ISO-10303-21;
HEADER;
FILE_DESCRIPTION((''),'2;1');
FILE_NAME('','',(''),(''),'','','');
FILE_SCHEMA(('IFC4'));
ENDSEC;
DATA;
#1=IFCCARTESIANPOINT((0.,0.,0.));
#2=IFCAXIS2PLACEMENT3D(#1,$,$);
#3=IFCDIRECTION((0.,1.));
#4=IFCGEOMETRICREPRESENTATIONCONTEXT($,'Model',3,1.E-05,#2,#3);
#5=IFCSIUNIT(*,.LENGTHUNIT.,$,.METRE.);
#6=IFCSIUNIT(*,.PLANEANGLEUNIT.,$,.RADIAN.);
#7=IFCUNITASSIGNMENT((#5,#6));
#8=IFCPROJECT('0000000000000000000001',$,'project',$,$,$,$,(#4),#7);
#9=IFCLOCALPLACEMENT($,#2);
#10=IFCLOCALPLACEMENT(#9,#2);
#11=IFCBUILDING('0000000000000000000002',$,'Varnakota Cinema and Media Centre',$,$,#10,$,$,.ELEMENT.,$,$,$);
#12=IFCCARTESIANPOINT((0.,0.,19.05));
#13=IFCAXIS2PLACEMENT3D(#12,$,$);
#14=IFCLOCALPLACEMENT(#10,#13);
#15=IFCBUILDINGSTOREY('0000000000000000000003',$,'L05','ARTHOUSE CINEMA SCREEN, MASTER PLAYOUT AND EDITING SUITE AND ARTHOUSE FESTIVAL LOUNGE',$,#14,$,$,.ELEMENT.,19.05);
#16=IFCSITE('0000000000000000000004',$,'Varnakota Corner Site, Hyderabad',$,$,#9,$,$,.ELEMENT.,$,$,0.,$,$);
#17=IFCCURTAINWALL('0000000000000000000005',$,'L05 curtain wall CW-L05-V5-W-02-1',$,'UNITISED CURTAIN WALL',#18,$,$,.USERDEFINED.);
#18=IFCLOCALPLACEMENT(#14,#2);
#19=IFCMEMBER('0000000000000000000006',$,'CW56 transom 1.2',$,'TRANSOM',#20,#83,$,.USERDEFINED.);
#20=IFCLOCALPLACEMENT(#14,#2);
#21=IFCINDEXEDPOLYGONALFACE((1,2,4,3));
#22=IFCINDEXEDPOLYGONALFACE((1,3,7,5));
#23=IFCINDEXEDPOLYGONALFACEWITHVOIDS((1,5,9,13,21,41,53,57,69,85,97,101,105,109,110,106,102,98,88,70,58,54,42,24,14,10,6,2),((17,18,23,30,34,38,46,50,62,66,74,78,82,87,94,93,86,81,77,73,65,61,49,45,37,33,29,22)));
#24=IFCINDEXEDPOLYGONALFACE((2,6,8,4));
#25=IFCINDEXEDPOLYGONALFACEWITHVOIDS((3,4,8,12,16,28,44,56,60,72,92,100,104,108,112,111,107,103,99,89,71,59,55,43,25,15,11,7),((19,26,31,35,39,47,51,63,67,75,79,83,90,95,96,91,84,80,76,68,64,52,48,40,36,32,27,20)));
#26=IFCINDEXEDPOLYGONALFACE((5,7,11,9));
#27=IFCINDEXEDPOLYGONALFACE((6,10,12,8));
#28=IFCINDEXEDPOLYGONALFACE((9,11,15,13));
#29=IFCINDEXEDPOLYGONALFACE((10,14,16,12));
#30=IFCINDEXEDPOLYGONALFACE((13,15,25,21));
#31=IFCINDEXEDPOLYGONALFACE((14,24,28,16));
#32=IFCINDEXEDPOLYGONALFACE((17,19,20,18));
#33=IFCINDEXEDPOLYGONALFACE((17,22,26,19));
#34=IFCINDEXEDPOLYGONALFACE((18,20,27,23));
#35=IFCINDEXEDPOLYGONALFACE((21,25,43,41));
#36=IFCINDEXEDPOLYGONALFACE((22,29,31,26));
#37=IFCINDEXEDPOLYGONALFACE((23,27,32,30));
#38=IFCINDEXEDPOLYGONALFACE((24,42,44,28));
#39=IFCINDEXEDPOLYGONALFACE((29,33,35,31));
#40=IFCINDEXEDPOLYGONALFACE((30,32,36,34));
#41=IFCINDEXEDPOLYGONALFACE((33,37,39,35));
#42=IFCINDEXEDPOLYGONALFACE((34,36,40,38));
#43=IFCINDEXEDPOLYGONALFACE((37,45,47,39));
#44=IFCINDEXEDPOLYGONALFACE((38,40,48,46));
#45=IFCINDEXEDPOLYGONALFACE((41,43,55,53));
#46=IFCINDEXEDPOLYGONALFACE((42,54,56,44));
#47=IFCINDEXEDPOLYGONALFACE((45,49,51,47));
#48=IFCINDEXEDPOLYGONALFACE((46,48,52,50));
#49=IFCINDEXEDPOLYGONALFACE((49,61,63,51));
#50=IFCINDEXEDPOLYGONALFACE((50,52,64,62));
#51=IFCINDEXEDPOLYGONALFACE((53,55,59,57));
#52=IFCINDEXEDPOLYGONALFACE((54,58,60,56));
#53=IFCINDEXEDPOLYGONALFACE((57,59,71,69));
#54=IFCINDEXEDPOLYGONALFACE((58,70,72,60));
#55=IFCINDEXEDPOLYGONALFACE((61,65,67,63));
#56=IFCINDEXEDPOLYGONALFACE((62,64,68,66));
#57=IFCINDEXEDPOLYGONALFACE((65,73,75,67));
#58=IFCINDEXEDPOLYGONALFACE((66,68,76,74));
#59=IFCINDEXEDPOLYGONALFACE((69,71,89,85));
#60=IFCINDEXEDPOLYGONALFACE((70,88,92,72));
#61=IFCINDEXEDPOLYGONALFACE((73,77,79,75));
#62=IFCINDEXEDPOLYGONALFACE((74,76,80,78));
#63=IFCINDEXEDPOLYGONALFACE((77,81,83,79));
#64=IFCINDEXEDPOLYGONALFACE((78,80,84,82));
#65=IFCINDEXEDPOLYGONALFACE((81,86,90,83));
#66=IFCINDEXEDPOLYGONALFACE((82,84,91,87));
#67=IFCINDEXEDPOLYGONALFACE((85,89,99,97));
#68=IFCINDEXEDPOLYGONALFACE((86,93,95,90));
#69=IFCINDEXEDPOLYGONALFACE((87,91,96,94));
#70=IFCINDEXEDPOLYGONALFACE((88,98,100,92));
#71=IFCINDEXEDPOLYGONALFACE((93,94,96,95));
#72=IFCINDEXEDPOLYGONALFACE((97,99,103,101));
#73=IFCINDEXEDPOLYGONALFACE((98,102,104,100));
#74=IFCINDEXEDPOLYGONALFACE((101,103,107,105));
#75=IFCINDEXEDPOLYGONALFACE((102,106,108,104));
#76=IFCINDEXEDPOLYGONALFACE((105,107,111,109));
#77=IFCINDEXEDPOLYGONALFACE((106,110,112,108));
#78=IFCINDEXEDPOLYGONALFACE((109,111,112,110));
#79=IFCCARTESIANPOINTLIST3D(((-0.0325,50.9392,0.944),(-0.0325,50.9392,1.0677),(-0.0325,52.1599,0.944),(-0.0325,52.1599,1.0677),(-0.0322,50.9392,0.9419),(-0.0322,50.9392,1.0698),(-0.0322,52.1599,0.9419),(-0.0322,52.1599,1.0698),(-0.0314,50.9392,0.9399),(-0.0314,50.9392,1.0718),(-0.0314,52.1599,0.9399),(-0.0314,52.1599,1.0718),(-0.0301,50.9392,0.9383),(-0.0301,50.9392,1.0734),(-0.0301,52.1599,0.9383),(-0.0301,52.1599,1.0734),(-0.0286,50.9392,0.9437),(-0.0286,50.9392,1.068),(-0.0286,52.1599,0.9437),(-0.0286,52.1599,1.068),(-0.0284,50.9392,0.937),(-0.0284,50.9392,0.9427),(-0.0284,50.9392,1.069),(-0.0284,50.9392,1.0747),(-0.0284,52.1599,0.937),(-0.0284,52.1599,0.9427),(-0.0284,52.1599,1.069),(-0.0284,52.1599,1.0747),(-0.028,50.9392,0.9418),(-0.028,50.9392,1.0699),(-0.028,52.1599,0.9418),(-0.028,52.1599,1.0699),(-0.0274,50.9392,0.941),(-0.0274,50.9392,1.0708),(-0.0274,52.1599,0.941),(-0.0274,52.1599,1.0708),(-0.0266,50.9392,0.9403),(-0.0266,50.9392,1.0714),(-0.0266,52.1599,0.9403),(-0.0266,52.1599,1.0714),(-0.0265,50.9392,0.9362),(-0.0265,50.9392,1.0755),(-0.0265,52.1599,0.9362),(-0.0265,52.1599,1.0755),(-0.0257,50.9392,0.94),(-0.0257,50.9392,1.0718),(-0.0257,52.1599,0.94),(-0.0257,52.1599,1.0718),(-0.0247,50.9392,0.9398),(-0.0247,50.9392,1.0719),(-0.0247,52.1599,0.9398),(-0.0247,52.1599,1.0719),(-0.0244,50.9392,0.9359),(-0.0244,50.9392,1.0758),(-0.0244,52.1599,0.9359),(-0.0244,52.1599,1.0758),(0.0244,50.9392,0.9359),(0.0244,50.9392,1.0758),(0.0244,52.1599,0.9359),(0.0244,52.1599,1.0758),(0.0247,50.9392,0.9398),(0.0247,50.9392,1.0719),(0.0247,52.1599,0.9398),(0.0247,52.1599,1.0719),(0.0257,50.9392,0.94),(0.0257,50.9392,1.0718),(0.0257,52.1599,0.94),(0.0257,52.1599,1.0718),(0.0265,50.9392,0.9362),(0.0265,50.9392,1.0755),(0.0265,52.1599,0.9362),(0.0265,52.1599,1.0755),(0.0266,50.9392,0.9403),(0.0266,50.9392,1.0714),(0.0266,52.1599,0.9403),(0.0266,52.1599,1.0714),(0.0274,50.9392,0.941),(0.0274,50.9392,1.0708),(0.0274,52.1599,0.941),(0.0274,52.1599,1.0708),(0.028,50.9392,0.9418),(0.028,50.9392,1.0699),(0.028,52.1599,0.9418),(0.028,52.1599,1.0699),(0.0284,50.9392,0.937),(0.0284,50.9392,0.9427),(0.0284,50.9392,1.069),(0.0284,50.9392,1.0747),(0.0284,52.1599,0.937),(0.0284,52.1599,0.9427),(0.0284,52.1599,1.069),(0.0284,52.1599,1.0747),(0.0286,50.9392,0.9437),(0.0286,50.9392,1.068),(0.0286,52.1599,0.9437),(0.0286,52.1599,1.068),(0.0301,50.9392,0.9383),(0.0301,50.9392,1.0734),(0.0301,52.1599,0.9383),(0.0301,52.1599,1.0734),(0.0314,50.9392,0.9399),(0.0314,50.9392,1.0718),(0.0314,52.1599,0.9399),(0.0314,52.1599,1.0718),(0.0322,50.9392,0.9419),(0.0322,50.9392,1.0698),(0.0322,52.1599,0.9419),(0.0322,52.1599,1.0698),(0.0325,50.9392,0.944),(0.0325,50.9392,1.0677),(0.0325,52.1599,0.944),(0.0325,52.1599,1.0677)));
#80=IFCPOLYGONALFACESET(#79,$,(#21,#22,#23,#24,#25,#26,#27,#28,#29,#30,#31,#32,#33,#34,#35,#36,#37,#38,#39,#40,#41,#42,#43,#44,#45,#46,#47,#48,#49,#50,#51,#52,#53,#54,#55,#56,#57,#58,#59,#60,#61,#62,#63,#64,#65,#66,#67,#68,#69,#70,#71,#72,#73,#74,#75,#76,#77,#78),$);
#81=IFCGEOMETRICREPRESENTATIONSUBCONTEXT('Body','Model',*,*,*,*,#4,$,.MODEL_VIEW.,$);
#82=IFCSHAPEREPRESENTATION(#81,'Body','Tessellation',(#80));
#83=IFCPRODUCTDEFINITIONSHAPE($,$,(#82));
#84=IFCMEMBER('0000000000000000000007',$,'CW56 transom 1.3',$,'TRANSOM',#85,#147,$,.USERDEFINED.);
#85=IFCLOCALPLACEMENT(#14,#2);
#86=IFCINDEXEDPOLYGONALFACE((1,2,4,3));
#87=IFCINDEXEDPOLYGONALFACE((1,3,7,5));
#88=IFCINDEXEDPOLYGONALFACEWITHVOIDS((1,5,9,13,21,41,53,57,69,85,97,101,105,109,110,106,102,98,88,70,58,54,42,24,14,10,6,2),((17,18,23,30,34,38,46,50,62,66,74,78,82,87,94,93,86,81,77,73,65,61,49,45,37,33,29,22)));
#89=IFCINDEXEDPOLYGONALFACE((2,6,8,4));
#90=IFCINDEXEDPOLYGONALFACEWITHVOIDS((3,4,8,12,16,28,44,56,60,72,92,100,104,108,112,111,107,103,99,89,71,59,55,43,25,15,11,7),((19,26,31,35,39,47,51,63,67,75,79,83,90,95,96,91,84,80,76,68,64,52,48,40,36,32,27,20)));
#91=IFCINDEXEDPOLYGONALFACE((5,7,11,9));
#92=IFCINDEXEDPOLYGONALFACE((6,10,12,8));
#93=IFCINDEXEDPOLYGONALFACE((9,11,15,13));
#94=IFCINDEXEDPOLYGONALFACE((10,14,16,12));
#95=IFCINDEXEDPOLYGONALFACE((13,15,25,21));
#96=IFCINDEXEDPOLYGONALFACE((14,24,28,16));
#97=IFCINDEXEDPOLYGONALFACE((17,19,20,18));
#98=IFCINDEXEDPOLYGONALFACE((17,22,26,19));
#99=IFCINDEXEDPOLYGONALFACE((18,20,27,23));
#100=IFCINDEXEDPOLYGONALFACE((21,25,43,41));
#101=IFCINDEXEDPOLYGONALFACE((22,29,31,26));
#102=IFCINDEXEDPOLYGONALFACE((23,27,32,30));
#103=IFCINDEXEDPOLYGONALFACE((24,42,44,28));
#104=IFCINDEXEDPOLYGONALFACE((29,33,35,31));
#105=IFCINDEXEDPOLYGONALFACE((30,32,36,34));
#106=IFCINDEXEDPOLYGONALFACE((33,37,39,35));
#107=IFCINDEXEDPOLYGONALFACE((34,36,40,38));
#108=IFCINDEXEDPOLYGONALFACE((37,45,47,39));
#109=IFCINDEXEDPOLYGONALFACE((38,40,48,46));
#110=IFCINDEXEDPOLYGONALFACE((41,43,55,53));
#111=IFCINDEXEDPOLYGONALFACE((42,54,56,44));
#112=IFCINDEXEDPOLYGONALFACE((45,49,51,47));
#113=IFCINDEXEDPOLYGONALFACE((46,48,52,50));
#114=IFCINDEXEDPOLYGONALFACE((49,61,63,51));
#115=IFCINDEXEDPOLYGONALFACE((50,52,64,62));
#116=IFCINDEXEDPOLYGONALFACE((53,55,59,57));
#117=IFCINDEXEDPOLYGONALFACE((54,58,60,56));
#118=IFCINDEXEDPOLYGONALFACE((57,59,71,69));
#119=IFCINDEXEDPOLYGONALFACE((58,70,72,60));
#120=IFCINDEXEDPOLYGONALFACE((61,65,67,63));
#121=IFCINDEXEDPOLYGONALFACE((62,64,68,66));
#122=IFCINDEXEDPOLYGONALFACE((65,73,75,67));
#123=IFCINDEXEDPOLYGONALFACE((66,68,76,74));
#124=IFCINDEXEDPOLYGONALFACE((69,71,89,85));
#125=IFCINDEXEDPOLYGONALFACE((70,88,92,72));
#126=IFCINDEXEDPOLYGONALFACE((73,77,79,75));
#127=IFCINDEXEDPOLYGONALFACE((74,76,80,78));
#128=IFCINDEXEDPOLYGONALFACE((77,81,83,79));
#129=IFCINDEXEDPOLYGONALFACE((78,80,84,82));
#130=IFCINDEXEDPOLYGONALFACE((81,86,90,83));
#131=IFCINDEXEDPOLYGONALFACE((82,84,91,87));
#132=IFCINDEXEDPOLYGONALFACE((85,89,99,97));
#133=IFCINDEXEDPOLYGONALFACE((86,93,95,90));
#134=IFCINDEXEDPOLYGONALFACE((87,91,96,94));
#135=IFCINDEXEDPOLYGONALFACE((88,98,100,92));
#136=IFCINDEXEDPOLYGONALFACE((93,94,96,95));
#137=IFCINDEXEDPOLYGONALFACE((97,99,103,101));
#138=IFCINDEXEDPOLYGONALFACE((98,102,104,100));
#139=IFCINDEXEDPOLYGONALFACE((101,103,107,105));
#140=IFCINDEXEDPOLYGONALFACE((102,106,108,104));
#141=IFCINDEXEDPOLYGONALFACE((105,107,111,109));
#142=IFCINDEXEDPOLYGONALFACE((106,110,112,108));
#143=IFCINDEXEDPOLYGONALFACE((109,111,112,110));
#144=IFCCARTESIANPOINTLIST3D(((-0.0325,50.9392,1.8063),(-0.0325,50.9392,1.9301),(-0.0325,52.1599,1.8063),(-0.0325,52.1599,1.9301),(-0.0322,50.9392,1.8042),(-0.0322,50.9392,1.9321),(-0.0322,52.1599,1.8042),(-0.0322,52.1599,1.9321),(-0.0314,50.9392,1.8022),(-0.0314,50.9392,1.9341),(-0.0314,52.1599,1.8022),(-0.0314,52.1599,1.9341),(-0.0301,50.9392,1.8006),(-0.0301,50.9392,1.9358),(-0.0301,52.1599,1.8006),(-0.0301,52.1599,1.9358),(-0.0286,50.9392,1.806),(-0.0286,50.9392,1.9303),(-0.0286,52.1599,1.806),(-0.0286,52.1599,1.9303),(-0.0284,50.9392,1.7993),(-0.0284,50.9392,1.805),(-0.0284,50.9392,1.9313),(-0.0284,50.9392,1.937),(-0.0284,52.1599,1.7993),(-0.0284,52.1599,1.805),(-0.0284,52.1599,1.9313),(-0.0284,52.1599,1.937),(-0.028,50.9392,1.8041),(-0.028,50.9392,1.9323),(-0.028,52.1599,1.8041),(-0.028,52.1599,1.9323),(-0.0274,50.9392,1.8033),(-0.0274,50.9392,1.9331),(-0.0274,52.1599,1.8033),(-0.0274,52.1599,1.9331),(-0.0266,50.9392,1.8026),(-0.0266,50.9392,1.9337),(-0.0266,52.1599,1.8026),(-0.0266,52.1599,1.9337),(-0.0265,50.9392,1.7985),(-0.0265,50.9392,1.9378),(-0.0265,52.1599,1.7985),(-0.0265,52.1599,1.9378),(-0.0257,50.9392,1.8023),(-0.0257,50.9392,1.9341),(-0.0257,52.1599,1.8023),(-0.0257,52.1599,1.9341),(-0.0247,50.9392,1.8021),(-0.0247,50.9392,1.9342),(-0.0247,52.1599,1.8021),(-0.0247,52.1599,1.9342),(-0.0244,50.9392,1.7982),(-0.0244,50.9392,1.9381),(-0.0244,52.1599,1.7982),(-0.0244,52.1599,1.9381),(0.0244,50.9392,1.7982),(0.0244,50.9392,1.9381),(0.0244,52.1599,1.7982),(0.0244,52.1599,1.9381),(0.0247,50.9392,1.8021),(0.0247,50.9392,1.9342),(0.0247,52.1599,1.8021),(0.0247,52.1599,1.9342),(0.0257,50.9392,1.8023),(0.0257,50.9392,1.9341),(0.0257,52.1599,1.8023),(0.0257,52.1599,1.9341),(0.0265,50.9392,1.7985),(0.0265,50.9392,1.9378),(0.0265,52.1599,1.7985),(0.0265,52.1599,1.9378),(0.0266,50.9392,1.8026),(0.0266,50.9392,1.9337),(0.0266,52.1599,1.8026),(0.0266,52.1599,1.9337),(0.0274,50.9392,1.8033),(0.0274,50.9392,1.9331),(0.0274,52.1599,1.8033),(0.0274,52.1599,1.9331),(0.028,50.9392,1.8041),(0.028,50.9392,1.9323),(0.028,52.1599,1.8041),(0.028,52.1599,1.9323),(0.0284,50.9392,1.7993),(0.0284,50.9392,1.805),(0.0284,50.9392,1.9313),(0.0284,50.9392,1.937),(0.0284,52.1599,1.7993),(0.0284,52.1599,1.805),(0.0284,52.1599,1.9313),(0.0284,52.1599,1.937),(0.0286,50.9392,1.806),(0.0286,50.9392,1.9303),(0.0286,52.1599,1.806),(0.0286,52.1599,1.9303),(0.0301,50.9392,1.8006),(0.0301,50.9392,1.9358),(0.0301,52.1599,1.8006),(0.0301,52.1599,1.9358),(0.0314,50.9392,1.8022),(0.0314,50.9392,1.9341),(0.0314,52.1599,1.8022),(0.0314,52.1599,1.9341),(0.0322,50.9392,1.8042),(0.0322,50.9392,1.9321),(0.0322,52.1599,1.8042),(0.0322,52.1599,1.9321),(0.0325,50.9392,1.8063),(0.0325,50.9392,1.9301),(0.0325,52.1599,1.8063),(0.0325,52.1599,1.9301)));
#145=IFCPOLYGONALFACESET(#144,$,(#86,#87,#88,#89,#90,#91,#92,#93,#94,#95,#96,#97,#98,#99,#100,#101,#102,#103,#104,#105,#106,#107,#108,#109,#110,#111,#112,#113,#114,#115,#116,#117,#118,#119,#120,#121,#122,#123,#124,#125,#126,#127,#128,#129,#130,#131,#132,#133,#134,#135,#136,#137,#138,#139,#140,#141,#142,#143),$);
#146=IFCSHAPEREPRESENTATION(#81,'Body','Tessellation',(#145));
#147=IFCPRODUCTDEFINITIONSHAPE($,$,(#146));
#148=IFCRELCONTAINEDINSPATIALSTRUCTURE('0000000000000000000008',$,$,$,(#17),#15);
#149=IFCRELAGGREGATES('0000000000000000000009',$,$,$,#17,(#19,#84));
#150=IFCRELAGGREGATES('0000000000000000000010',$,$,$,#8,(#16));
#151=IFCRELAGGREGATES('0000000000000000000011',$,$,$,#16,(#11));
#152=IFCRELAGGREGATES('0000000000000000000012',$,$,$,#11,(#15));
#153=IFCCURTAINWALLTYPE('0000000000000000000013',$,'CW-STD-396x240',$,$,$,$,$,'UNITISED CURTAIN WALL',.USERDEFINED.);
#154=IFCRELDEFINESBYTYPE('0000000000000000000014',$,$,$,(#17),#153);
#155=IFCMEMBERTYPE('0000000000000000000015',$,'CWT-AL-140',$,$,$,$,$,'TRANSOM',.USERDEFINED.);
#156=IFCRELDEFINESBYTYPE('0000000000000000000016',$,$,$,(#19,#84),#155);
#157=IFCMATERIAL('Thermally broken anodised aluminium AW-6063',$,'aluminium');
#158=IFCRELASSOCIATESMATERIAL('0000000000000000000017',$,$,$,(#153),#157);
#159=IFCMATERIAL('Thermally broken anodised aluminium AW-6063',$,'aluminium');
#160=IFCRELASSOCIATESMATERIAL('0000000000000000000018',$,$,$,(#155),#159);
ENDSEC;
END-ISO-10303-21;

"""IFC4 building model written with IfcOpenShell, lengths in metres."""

from ifc_helpers import new_model, si_unit, direction, frame, origin, origin_2d, place, context, subcontext, project, spatial, hollow_rectangle, extrude, material, material_profile, profile_set, type_object, element, aggregate, save


model = new_model("IFC4")

# Units and contexts
model_context = context("Model", 3, precision=1e-05, world=origin(), true_north=direction((0.0, 1.0)))
body_context = subcontext(model_context, "Body", "Model", "MODEL_VIEW")
ifc_project = project(units=[si_unit("LENGTHUNIT", "METRE"), si_unit("PLANEANGLEUNIT", "RADIAN")], contexts=[model_context])

# Site, building, storey
site_placement = place(None, origin())
site = spatial("IfcSite", under=ifc_project, at=site_placement, Name="Varnakota Corner Site, Hyderabad", CompositionType="ELEMENT", RefElevation=0.0)
building_placement = place(site_placement, origin())
building = spatial("IfcBuilding", under=site, at=building_placement, Name="Varnakota Cinema and Media Centre", CompositionType="ELEMENT")
storey_placement = place(building_placement, frame((0.0, 0.0, 19.05)))
storey = spatial("IfcBuildingStorey", under=building, at=storey_placement, Name="L05", Description="ARTHOUSE CINEMA SCREEN, MASTER PLAYOUT AND EDITING SUITE AND ARTHOUSE FESTIVAL LOUNGE", CompositionType="ELEMENT", Elevation=19.05)

# Curtain wall, members
ifc_material_1 = material(Name="Thermally broken anodised aluminium AW-6063", Category="aluminium")
curtain_wall_type = type_object("IfcCurtainWallType", Name="CW-STD-396x240", ElementType="UNITISED CURTAIN WALL", PredefinedType="USERDEFINED", material=ifc_material_1)
curtain_wall_placement = place(storey_placement, origin())
curtain_wall = element("IfcCurtainWall", 1, at=curtain_wall_placement, inside=storey, type_object=curtain_wall_type, Name="L05 curtain wall CW-L05-V5-W-02-1", ObjectType="UNITISED CURTAIN WALL", PredefinedType="USERDEFINED")
ifc_material_2 = material(Name="Thermally broken anodised aluminium AW-6063", Category="aluminium")
ifc_material_profile_1 = material_profile(ifc_material_2, hollow_rectangle(XDim=0.0649, YDim=0.1399, WallThickness=0.0039, InnerFilletRadius=0.0039, OuterFilletRadius=0.0081, at=origin_2d()), Name="AL-TRANSOM 140x65x4")
ifc_profile_set_1 = profile_set([ifc_material_profile_1], Name="Thermally broken anodised aluminium AW-6063")
member_type_1 = type_object("IfcMemberType", Name="CWT-AL-140", ElementType="TRANSOM", PredefinedType="USERDEFINED", material=ifc_profile_set_1)
member_1_placement = place(storey_placement, frame((0.0, 52.1599, 1.0059), z_axis=(0.0, -1.0, 0.0), x_axis=(1.0, 0.0, 0.0)))
member_1 = element("IfcMember", 2, at=member_1_placement, type_object=member_type_1, Name="CW56 transom 1.2", ObjectType="TRANSOM", PredefinedType="USERDEFINED", context=body_context, shape_type="SweptSolid", body=[
    extrude(hollow_rectangle(XDim=0.0649, YDim=0.1399, WallThickness=0.0039, InnerFilletRadius=0.0039, OuterFilletRadius=0.0081, at=origin_2d()), origin(), (0.0, 0.0, 1.0), 1.2207),
])
member_2_placement = place(storey_placement, frame((0.0, 52.1599, 1.8682), z_axis=(0.0, -1.0, 0.0), x_axis=(1.0, 0.0, 0.0)))
member_2 = element("IfcMember", 3, at=member_2_placement, type_object=member_type_1, Name="CW56 transom 1.3", ObjectType="TRANSOM", PredefinedType="USERDEFINED", context=body_context, shape_type="SweptSolid", body=[
    extrude(hollow_rectangle(XDim=0.0649, YDim=0.1399, WallThickness=0.0039, InnerFilletRadius=0.0039, OuterFilletRadius=0.0081, at=origin_2d()), origin(), (0.0, 0.0, 1.0), 1.2207),
])
aggregate(curtain_wall, [member_1, member_2])

save(model, "model.ifc")
